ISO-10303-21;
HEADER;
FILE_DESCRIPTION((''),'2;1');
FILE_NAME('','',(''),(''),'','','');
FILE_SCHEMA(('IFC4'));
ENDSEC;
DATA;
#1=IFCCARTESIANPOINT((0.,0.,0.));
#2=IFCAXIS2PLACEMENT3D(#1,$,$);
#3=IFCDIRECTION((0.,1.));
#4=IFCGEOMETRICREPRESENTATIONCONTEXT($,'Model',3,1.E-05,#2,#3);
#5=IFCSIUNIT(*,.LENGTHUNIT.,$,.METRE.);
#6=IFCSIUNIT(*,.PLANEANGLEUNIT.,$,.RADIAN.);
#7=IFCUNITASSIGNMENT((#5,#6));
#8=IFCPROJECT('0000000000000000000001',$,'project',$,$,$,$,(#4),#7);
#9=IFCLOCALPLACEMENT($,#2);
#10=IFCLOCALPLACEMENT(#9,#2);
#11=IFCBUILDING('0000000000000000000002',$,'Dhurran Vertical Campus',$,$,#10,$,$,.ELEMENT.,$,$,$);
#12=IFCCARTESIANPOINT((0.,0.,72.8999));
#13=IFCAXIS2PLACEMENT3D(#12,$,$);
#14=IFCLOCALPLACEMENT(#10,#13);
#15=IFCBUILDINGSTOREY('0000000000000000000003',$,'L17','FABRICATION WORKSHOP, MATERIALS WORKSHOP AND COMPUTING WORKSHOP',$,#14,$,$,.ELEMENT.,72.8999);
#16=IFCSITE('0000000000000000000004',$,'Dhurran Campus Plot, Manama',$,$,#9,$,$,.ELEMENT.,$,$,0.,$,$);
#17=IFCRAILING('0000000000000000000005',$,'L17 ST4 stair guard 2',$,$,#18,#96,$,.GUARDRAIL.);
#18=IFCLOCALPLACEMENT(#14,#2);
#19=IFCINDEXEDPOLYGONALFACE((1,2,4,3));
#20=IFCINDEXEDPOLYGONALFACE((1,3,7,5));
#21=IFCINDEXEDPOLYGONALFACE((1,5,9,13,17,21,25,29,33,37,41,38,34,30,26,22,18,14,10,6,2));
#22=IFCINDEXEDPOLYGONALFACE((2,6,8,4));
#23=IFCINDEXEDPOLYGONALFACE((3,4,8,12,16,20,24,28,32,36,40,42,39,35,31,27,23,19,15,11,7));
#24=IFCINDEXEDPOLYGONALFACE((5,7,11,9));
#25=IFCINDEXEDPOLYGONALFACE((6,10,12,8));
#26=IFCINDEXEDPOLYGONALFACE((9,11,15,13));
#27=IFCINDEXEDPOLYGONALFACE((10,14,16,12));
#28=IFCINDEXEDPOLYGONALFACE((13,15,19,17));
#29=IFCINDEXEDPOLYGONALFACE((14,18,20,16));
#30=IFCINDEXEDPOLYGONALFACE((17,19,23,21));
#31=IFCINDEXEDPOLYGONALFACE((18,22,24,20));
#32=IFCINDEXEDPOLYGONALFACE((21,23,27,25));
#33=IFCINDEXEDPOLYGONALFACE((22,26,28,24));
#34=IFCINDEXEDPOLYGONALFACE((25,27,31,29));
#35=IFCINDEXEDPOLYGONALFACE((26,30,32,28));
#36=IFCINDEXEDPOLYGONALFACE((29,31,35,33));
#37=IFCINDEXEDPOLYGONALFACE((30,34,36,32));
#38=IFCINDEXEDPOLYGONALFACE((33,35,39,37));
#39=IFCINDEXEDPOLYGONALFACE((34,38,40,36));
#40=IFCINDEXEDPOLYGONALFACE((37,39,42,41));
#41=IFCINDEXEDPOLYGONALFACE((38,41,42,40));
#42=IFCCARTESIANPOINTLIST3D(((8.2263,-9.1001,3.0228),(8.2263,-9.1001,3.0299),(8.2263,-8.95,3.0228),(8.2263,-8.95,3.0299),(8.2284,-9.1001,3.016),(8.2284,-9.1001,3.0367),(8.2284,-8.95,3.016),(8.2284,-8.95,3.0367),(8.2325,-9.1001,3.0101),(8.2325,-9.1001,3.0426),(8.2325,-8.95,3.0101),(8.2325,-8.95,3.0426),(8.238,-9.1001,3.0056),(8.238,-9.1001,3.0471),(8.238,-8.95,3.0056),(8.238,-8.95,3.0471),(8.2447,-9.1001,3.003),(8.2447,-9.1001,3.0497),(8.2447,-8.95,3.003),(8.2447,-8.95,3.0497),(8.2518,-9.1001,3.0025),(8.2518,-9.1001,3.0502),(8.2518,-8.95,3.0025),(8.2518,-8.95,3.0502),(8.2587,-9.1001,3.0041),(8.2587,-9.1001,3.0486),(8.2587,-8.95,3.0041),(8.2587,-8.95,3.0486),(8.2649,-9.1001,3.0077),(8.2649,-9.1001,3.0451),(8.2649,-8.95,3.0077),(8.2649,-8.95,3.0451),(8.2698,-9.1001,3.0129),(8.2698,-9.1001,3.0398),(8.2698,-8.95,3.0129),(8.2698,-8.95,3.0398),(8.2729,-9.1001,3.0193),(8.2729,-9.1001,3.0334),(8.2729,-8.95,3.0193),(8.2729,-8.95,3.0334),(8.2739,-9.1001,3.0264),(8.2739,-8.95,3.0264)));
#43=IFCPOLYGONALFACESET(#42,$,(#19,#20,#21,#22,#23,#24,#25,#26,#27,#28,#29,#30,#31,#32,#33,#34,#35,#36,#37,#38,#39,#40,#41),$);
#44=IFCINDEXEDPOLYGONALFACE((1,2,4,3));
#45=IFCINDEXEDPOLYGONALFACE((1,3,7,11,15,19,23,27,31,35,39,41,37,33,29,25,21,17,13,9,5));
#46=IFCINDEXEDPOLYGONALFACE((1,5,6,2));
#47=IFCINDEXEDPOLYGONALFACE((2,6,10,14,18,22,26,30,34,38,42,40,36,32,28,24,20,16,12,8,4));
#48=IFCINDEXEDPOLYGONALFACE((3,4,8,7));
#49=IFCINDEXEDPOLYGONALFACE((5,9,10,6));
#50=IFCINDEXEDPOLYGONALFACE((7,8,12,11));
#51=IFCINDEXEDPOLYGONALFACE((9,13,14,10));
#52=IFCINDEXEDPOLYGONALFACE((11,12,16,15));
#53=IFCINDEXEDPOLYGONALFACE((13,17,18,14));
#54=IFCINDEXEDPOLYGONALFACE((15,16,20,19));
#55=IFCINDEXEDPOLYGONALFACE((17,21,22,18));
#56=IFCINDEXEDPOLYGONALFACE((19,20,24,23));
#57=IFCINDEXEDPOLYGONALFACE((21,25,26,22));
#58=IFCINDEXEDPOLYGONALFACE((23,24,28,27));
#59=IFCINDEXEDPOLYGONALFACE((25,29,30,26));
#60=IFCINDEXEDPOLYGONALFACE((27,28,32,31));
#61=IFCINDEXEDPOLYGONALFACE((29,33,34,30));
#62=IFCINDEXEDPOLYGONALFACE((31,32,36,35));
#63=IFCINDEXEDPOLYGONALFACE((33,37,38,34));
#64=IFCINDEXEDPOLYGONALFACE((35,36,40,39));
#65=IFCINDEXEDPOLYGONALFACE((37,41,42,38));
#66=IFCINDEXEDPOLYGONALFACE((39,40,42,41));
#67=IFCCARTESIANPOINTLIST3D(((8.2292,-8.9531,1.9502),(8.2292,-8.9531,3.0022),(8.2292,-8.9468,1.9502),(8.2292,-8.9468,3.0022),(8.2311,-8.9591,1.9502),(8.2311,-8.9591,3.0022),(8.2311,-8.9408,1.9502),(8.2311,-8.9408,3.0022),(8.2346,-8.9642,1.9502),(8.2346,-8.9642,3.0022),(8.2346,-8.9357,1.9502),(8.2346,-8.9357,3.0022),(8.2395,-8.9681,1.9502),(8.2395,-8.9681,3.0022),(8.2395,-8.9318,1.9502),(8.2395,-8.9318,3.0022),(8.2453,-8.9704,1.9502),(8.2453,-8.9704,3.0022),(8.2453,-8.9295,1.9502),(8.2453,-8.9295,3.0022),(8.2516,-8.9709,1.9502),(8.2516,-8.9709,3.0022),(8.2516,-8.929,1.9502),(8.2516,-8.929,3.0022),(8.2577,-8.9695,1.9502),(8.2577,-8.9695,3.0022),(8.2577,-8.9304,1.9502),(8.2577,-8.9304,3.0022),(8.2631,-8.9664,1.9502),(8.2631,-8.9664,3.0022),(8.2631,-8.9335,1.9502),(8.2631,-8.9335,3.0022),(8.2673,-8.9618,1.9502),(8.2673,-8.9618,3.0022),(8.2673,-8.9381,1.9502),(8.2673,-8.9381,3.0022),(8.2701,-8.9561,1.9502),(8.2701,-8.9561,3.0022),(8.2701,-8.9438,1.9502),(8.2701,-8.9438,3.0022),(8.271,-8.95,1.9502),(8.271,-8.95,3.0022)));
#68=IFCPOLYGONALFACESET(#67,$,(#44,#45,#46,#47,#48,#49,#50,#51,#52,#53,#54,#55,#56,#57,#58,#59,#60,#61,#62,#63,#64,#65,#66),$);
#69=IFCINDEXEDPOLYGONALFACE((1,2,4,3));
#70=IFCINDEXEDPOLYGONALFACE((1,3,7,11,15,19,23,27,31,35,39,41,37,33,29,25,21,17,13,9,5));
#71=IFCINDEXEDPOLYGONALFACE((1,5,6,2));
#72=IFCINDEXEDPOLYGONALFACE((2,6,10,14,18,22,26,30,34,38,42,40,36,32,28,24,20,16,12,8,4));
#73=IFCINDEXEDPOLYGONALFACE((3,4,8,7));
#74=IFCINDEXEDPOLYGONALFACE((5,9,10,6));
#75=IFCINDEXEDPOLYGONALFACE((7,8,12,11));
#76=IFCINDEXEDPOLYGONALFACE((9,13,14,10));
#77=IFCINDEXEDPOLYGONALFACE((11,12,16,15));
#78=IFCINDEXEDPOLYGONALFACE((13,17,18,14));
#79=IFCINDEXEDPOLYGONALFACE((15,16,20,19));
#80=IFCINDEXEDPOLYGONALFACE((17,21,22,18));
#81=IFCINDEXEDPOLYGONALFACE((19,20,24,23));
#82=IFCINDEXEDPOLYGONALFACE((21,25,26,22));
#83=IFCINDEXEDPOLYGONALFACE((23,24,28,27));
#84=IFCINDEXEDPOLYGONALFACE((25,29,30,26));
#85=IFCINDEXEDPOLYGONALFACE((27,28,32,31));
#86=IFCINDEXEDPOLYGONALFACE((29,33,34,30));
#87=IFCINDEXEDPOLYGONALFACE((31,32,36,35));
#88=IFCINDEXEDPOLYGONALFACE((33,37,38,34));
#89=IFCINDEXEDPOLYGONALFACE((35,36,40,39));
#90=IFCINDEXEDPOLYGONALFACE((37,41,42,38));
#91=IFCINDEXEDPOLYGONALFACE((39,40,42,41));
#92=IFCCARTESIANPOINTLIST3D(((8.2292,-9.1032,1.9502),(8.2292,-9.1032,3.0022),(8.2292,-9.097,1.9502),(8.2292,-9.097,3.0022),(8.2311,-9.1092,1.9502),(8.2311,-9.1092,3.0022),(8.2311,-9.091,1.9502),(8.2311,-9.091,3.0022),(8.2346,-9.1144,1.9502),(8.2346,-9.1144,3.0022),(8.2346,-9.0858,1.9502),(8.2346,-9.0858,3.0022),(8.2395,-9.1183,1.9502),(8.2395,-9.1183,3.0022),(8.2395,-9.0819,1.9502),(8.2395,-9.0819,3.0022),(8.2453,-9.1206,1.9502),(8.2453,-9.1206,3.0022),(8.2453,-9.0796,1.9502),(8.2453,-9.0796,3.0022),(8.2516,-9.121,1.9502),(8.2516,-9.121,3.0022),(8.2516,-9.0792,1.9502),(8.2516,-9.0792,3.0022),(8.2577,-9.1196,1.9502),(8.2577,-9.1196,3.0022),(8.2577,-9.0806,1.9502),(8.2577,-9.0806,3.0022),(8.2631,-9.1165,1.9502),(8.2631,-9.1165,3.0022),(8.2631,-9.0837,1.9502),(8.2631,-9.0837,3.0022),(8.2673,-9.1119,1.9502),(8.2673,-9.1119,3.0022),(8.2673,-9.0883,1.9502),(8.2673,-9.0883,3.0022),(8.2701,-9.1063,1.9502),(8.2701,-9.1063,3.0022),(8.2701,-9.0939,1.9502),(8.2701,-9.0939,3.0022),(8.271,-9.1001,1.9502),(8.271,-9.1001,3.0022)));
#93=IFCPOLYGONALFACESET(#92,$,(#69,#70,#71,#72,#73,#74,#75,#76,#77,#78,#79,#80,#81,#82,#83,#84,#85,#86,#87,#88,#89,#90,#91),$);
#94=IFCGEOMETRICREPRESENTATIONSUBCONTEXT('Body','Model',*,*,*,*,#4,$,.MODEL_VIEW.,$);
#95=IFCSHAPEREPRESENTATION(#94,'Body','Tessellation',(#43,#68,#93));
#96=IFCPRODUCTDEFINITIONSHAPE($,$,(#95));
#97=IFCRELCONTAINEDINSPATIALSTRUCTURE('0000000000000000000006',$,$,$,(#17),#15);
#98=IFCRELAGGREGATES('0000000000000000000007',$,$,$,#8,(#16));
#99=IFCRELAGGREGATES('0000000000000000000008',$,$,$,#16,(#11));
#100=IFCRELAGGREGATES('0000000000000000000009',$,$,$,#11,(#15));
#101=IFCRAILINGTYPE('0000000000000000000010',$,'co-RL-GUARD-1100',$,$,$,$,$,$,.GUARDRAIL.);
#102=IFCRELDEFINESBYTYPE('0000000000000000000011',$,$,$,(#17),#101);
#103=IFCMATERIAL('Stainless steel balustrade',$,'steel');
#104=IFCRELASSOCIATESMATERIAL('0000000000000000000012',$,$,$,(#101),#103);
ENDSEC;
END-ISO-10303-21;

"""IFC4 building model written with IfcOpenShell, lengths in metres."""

from ifc_helpers import new_model, si_unit, direction, frame, origin, origin_2d, place, context, subcontext, project, spatial, circle, extrude, material, type_object, element, save


model = new_model("IFC4")

# Units and contexts
model_context = context("Model", 3, precision=1e-05, world=origin(), true_north=direction((0.0, 1.0)))
body_context = subcontext(model_context, "Body", "Model", "MODEL_VIEW")
ifc_project = project(units=[si_unit("LENGTHUNIT", "METRE"), si_unit("PLANEANGLEUNIT", "RADIAN")], contexts=[model_context])

# Site, building, storey
site_placement = place(None, origin())
site = spatial("IfcSite", under=ifc_project, at=site_placement, Name="Dhurran Campus Plot, Manama", CompositionType="ELEMENT", RefElevation=0.0)
building_placement = place(site_placement, origin())
building = spatial("IfcBuilding", under=site, at=building_placement, Name="Dhurran Vertical Campus", CompositionType="ELEMENT")
storey_placement = place(building_placement, frame((0.0, 0.0, 72.8999)))
storey = spatial("IfcBuildingStorey", under=building, at=storey_placement, Name="L17", Description="FABRICATION WORKSHOP, MATERIALS WORKSHOP AND COMPUTING WORKSHOP", CompositionType="ELEMENT", Elevation=72.8999)

# Railing
ifc_material_1 = material(Name="Stainless steel balustrade", Category="steel")
railing_type_1 = type_object("IfcRailingType", Name="co-RL-GUARD-1100", PredefinedType="GUARDRAIL", material=ifc_material_1)
railing_1_placement = place(storey_placement, frame((8.25, -8.95, 1.9502)))
element("IfcRailing", 1, at=railing_1_placement, inside=storey, type_object=railing_type_1, Name="L17 ST4 stair guard 2", PredefinedType="GUARDRAIL", context=body_context, shape_type="SweptSolid", body=[
    extrude(circle(Radius=0.0239, at=origin_2d()), frame((0.0, 0.0, 1.0762), z_axis=(0.0, -1.0, 0.0), x_axis=(1.0, 0.0, 0.0)), (0.0, 0.0, 1.0), 0.1501),
    extrude(circle(Radius=0.021, at=origin_2d()), origin(), (0.0, 0.0, 1.0), 1.052),
    extrude(circle(Radius=0.021, at=origin_2d()), frame((0.0, -0.1501, 0.0)), (0.0, 0.0, 1.0), 1.052),
])

save(model, "model.ifc")
